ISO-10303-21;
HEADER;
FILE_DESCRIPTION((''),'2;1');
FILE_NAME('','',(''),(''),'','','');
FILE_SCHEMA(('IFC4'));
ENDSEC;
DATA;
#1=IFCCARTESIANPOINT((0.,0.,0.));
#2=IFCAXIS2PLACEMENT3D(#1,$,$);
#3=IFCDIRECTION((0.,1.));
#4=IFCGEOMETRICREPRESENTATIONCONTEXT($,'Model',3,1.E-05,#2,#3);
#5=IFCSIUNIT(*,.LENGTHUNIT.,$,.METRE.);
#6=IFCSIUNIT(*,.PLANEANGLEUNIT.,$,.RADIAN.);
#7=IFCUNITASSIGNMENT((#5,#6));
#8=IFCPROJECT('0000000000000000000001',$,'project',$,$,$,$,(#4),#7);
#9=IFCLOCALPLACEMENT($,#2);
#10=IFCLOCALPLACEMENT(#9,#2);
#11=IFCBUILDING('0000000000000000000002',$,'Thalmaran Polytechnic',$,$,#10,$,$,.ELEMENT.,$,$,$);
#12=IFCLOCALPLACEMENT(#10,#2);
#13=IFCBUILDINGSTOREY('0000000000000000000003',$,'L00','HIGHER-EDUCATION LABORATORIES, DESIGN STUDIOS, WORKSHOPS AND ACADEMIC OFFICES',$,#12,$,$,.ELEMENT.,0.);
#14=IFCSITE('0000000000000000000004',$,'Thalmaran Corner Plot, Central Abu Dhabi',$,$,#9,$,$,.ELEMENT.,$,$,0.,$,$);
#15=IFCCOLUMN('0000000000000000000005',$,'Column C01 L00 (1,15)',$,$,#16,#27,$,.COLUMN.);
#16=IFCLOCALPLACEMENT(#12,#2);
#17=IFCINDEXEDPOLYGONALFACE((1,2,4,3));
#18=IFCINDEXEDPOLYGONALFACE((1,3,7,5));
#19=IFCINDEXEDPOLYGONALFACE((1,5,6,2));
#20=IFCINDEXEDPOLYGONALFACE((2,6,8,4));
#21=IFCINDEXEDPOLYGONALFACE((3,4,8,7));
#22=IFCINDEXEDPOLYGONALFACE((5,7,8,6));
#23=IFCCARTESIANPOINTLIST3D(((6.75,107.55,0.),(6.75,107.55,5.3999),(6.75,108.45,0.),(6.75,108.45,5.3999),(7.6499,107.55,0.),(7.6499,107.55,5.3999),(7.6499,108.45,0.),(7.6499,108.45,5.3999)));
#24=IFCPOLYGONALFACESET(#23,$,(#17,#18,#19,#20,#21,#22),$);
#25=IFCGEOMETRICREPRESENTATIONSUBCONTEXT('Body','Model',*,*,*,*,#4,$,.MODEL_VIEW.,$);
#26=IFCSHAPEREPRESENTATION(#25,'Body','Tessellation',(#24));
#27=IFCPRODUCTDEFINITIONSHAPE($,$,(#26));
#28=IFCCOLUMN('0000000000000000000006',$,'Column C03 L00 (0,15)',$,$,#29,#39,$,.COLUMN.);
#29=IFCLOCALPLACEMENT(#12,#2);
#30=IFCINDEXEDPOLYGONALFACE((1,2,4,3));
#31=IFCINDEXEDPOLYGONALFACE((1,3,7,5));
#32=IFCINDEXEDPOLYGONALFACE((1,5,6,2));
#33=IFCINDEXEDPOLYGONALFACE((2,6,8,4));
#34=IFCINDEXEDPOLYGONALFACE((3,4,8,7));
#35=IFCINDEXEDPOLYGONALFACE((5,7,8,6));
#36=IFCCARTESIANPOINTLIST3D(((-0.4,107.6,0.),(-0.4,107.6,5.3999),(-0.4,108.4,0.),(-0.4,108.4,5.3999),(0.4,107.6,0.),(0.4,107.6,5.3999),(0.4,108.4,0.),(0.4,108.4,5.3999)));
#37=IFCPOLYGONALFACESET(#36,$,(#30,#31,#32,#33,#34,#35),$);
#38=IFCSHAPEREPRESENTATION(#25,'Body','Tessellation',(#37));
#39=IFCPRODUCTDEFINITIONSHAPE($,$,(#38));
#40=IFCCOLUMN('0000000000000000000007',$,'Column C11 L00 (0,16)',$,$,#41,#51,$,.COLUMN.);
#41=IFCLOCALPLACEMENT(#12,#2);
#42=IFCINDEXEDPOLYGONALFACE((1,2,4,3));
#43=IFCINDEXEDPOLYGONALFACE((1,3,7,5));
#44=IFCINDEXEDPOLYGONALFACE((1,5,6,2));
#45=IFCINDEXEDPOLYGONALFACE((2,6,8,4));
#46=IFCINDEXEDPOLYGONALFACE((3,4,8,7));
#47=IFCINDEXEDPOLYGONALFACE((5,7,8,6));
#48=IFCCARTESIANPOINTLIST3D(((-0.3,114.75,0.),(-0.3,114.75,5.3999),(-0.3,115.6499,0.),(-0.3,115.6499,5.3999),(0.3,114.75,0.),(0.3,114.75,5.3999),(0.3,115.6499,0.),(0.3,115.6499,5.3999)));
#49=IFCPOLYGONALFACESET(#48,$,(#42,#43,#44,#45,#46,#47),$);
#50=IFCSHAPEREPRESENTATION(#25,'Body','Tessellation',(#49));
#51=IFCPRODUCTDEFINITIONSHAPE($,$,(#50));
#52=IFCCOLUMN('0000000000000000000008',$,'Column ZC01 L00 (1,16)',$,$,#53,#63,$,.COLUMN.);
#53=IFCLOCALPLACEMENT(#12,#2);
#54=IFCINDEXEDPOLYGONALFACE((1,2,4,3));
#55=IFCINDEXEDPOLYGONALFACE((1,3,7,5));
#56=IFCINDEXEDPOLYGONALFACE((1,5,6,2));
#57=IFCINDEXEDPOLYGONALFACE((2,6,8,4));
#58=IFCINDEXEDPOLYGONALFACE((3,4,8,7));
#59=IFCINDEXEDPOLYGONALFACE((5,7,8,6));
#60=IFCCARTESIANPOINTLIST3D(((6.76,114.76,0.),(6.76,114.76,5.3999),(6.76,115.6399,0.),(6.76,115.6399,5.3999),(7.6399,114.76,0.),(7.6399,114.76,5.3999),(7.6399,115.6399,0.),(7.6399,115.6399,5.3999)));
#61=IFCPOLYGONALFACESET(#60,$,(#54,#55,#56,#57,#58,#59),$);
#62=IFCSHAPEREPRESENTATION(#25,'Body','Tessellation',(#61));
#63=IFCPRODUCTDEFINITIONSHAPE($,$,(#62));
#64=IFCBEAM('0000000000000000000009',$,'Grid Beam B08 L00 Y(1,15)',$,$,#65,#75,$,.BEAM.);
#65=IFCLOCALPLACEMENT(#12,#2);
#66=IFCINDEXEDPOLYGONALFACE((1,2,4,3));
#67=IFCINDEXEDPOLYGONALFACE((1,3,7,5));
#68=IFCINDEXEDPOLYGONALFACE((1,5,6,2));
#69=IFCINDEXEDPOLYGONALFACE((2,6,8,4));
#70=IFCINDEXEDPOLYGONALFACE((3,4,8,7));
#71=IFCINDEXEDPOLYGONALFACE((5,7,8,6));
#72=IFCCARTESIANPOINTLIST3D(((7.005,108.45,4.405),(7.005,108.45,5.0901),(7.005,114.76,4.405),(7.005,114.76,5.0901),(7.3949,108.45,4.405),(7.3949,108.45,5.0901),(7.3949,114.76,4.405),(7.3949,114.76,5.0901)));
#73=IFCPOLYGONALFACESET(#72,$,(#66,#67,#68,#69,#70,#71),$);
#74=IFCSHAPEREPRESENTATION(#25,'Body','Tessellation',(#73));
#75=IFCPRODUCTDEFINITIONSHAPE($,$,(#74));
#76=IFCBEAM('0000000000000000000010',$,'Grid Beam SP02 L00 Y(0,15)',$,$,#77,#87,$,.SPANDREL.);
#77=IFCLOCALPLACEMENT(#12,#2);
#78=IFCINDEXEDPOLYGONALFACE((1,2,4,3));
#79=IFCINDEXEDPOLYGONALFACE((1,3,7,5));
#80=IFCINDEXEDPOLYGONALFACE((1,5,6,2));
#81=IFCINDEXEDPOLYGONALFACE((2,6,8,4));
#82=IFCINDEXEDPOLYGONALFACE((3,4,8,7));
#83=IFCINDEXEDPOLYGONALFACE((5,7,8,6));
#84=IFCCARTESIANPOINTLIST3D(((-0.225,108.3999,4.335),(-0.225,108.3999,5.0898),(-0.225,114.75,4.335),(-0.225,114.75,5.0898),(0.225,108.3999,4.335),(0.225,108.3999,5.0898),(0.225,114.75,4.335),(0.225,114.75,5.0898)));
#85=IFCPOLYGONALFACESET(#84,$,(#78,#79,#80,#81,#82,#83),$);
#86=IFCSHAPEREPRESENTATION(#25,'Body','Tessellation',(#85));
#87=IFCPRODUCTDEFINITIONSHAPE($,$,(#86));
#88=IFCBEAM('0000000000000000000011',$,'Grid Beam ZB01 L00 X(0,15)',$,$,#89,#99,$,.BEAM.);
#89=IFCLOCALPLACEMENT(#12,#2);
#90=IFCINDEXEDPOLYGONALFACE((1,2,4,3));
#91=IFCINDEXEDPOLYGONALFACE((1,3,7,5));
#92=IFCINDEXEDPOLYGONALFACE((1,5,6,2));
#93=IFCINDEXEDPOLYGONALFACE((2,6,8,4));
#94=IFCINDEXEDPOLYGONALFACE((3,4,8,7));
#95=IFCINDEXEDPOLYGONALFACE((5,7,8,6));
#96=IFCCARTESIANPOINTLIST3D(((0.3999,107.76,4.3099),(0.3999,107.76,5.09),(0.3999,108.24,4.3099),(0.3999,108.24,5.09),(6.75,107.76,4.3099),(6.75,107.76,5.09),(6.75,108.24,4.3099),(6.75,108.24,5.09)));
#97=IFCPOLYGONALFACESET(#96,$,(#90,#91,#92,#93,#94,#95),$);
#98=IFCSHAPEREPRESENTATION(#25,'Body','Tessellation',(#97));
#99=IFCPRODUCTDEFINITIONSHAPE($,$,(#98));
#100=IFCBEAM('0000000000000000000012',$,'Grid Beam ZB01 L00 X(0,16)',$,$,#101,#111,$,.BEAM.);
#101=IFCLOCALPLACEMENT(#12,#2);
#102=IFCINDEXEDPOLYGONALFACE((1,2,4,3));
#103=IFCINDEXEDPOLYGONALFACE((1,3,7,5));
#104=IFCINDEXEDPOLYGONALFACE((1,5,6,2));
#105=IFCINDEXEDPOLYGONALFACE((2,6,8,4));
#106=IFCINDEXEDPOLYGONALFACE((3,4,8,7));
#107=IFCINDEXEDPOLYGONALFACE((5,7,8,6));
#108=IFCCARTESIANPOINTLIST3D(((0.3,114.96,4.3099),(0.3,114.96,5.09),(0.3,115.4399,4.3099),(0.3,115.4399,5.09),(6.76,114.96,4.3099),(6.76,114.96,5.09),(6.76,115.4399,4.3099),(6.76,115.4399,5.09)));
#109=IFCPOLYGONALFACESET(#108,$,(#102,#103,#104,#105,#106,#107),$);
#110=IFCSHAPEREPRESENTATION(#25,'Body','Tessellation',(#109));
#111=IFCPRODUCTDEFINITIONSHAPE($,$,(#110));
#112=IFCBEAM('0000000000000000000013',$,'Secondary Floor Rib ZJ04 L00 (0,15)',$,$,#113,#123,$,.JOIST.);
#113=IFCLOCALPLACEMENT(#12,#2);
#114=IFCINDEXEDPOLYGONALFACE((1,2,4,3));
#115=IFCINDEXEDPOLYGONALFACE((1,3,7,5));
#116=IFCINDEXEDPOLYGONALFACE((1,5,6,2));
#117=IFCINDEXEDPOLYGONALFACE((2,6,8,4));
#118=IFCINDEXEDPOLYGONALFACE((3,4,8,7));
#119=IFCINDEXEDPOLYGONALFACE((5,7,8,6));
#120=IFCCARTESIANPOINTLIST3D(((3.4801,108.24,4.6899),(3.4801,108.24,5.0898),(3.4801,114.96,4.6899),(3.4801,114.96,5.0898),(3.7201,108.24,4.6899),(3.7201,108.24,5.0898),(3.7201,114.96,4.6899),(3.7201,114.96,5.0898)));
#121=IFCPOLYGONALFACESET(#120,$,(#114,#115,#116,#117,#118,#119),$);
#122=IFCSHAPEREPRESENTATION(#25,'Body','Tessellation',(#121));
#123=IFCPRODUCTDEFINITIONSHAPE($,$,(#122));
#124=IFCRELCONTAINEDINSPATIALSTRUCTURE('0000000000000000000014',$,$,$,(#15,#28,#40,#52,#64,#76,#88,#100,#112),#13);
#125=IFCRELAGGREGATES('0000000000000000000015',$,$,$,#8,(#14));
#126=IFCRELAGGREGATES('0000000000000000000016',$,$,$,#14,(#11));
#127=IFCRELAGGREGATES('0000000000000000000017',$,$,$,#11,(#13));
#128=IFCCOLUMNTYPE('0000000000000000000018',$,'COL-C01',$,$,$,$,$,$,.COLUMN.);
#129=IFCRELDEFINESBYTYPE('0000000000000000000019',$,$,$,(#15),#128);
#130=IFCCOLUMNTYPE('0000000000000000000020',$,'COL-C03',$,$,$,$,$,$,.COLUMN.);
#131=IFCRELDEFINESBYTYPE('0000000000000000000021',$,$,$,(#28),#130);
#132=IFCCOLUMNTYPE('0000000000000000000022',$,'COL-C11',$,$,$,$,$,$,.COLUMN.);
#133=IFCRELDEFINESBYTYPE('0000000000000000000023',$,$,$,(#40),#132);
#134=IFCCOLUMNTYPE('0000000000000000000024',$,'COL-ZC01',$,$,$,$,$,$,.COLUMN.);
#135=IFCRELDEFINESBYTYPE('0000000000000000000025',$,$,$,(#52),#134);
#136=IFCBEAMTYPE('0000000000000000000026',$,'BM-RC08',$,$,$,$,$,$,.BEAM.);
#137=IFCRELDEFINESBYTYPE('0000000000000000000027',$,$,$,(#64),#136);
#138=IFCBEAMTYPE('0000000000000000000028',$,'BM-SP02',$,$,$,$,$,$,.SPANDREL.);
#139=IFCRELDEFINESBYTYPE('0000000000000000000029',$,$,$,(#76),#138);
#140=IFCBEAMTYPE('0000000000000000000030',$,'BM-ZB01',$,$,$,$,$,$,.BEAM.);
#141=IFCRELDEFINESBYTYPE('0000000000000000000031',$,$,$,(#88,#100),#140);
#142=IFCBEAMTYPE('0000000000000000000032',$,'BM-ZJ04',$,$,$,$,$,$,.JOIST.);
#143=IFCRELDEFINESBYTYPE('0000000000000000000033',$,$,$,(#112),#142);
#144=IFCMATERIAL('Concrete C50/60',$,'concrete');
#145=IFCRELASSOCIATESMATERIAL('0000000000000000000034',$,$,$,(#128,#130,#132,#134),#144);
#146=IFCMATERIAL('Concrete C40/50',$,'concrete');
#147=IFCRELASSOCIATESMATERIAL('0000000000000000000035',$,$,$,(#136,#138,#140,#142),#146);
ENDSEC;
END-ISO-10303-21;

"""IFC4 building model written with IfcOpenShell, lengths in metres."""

from ifc_helpers import new_model, si_unit, direction, frame, origin, origin_2d, place, context, subcontext, project, spatial, rectangle, extrude, material, material_profile, profile_set, type_object, element, save


model = new_model("IFC4")

# Units and contexts
model_context = context("Model", 3, precision=1e-05, world=origin(), true_north=direction((0.0, 1.0)))
body_context = subcontext(model_context, "Body", "Model", "MODEL_VIEW")
ifc_project = project(units=[si_unit("LENGTHUNIT", "METRE"), si_unit("PLANEANGLEUNIT", "RADIAN")], contexts=[model_context])

# Site, building, storey
site_placement = place(None, origin())
site = spatial("IfcSite", under=ifc_project, at=site_placement, Name="Thalmaran Corner Plot, Central Abu Dhabi", CompositionType="ELEMENT", RefElevation=0.0)
building_placement = place(site_placement, origin())
building = spatial("IfcBuilding", under=site, at=building_placement, Name="Thalmaran Polytechnic", CompositionType="ELEMENT")
storey_placement = place(building_placement, origin())
storey = spatial("IfcBuildingStorey", under=building, at=storey_placement, Name="L00", Description="HIGHER-EDUCATION LABORATORIES, DESIGN STUDIOS, WORKSHOPS AND ACADEMIC OFFICES", CompositionType="ELEMENT", Elevation=0.0)

# Columns
ifc_material_1 = material(Name="Concrete C50/60", Category="concrete")
ifc_material_profile_1 = material_profile(ifc_material_1, rectangle(XDim=0.8999, YDim=0.8999, at=origin_2d()), Name="RC 900x900")
ifc_profile_set_1 = profile_set([ifc_material_profile_1], Name="Concrete C50/60")
column_type_1 = type_object("IfcColumnType", Name="COL-C01", PredefinedType="COLUMN", material=ifc_profile_set_1)
column_1_placement = place(storey_placement, frame((7.2, 108.0, 0.0), z_axis=(0.0, 0.0, 1.0), x_axis=(1.0, 0.0, 0.0)))
element("IfcColumn", 1, at=column_1_placement, inside=storey, type_object=column_type_1, Name="Column C01 L00 (1,15)", PredefinedType="COLUMN", context=body_context, shape_type="SweptSolid", body=[
    extrude(rectangle(XDim=0.8999, YDim=0.8999, at=origin_2d()), origin(), (0.0, 0.0, 1.0), 5.3999),
])
ifc_material_profile_2 = material_profile(ifc_material_1, rectangle(XDim=0.8, YDim=0.8, at=origin_2d()), Name="RC 800x800")
ifc_profile_set_2 = profile_set([ifc_material_profile_2], Name="Concrete C50/60")
column_type_2 = type_object("IfcColumnType", Name="COL-C03", PredefinedType="COLUMN", material=ifc_profile_set_2)
column_2_placement = place(storey_placement, frame((0.0, 108.0, 0.0), z_axis=(0.0, 0.0, 1.0), x_axis=(1.0, 0.0, 0.0)))
element("IfcColumn", 2, at=column_2_placement, inside=storey, type_object=column_type_2, Name="Column C03 L00 (0,15)", PredefinedType="COLUMN", context=body_context, shape_type="SweptSolid", body=[
    extrude(rectangle(XDim=0.8, YDim=0.8, at=origin_2d()), origin(), (0.0, 0.0, 1.0), 5.3999),
])
ifc_material_profile_3 = material_profile(ifc_material_1, rectangle(XDim=0.6001, YDim=0.8999, at=origin_2d()), Name="RC 600x900")
ifc_profile_set_3 = profile_set([ifc_material_profile_3], Name="Concrete C50/60")
column_type_3 = type_object("IfcColumnType", Name="COL-C11", PredefinedType="COLUMN", material=ifc_profile_set_3)
column_3_placement = place(storey_placement, frame((0.0, 115.2, 0.0), z_axis=(0.0, 0.0, 1.0), x_axis=(1.0, 0.0, 0.0)))
element("IfcColumn", 3, at=column_3_placement, inside=storey, type_object=column_type_3, Name="Column C11 L00 (0,16)", PredefinedType="COLUMN", context=body_context, shape_type="SweptSolid", body=[
    extrude(rectangle(XDim=0.6001, YDim=0.8999, at=origin_2d()), origin(), (0.0, 0.0, 1.0), 5.3999),
])
ifc_material_profile_4 = material_profile(ifc_material_1, rectangle(XDim=0.8799, YDim=0.8799, at=origin_2d()), Name="RC 880x880")
ifc_profile_set_4 = profile_set([ifc_material_profile_4], Name="Concrete C50/60")
column_type_4 = type_object("IfcColumnType", Name="COL-ZC01", PredefinedType="COLUMN", material=ifc_profile_set_4)
column_4_placement = place(storey_placement, frame((7.2, 115.2, 0.0), z_axis=(0.0, 0.0, 1.0), x_axis=(1.0, 0.0, 0.0)))
element("IfcColumn", 4, at=column_4_placement, inside=storey, type_object=column_type_4, Name="Column ZC01 L00 (1,16)", PredefinedType="COLUMN", context=body_context, shape_type="SweptSolid", body=[
    extrude(rectangle(XDim=0.8799, YDim=0.8799, at=origin_2d()), origin(), (0.0, 0.0, 1.0), 5.3999),
])

# Beams
ifc_material_2 = material(Name="Concrete C40/50", Category="concrete")
ifc_material_profile_5 = material_profile(ifc_material_2, rectangle(XDim=0.3899, YDim=0.6851, at=origin_2d()), Name="RC 390x685")
ifc_profile_set_5 = profile_set([ifc_material_profile_5], Name="Concrete C40/50")
beam_type_1 = type_object("IfcBeamType", Name="BM-RC08", PredefinedType="BEAM", material=ifc_profile_set_5)
beam_1_placement = place(storey_placement, frame((7.2, 108.45, 4.7476), z_axis=(0.0, 1.0, 0.0), x_axis=(-1.0, 0.0, 0.0)))
element("IfcBeam", 5, at=beam_1_placement, inside=storey, type_object=beam_type_1, Name="Grid Beam B08 L00 Y(1,15)", PredefinedType="BEAM", context=body_context, shape_type="SweptSolid", body=[
    extrude(rectangle(XDim=0.3899, YDim=0.6851, at=origin_2d()), origin(), (0.0, 0.0, 1.0), 6.3101),
])
ifc_material_profile_6 = material_profile(ifc_material_2, rectangle(XDim=0.45, YDim=0.7549, at=origin_2d()), Name="RC 450x755")
ifc_profile_set_6 = profile_set([ifc_material_profile_6], Name="Concrete C40/50")
beam_type_2 = type_object("IfcBeamType", Name="BM-SP02", PredefinedType="SPANDREL", material=ifc_profile_set_6)
beam_2_placement = place(storey_placement, frame((0.0, 108.3999, 4.7124), z_axis=(0.0, 1.0, 0.0), x_axis=(-1.0, 0.0, 0.0)))
element("IfcBeam", 6, at=beam_2_placement, inside=storey, type_object=beam_type_2, Name="Grid Beam SP02 L00 Y(0,15)", PredefinedType="SPANDREL", context=body_context, shape_type="SweptSolid", body=[
    extrude(rectangle(XDim=0.45, YDim=0.7549, at=origin_2d()), origin(), (0.0, 0.0, 1.0), 6.3501),
])
ifc_material_profile_7 = material_profile(ifc_material_2, rectangle(XDim=0.48, YDim=0.78, at=origin_2d()), Name="RC 480x780")
ifc_profile_set_7 = profile_set([ifc_material_profile_7], Name="Concrete C40/50")
beam_type_3 = type_object("IfcBeamType", Name="BM-ZB01", PredefinedType="BEAM", material=ifc_profile_set_7)
beam_3_placement = place(storey_placement, frame((0.3999, 108.0, 4.7), z_axis=(1.0, 0.0, 0.0), x_axis=(0.0, 1.0, 0.0)))
element("IfcBeam", 7, at=beam_3_placement, inside=storey, type_object=beam_type_3, Name="Grid Beam ZB01 L00 X(0,15)", PredefinedType="BEAM", context=body_context, shape_type="SweptSolid", body=[
    extrude(rectangle(XDim=0.48, YDim=0.78, at=origin_2d()), origin(), (0.0, 0.0, 1.0), 6.3501),
])
beam_4_placement = place(storey_placement, frame((0.3, 115.2, 4.7), z_axis=(1.0, 0.0, 0.0), x_axis=(0.0, 1.0, 0.0)))
element("IfcBeam", 8, at=beam_4_placement, inside=storey, type_object=beam_type_3, Name="Grid Beam ZB01 L00 X(0,16)", PredefinedType="BEAM", context=body_context, shape_type="SweptSolid", body=[
    extrude(rectangle(XDim=0.48, YDim=0.78, at=origin_2d()), origin(), (0.0, 0.0, 1.0), 6.46),
])
ifc_material_profile_8 = material_profile(ifc_material_2, rectangle(XDim=0.24, YDim=0.3999, at=origin_2d()), Name="RC 240x400")
ifc_profile_set_8 = profile_set([ifc_material_profile_8], Name="Concrete C40/50")
beam_type_4 = type_object("IfcBeamType", Name="BM-ZJ04", PredefinedType="JOIST", material=ifc_profile_set_8)
beam_5_placement = place(storey_placement, frame((3.6001, 108.24, 4.8899), z_axis=(0.0, 1.0, 0.0), x_axis=(-1.0, 0.0, 0.0)))
element("IfcBeam", 9, at=beam_5_placement, inside=storey, type_object=beam_type_4, Name="Secondary Floor Rib ZJ04 L00 (0,15)", PredefinedType="JOIST", context=body_context, shape_type="SweptSolid", body=[
    extrude(rectangle(XDim=0.24, YDim=0.3999, at=origin_2d()), origin(), (0.0, 0.0, 1.0), 6.72),
])

save(model, "model.ifc")
